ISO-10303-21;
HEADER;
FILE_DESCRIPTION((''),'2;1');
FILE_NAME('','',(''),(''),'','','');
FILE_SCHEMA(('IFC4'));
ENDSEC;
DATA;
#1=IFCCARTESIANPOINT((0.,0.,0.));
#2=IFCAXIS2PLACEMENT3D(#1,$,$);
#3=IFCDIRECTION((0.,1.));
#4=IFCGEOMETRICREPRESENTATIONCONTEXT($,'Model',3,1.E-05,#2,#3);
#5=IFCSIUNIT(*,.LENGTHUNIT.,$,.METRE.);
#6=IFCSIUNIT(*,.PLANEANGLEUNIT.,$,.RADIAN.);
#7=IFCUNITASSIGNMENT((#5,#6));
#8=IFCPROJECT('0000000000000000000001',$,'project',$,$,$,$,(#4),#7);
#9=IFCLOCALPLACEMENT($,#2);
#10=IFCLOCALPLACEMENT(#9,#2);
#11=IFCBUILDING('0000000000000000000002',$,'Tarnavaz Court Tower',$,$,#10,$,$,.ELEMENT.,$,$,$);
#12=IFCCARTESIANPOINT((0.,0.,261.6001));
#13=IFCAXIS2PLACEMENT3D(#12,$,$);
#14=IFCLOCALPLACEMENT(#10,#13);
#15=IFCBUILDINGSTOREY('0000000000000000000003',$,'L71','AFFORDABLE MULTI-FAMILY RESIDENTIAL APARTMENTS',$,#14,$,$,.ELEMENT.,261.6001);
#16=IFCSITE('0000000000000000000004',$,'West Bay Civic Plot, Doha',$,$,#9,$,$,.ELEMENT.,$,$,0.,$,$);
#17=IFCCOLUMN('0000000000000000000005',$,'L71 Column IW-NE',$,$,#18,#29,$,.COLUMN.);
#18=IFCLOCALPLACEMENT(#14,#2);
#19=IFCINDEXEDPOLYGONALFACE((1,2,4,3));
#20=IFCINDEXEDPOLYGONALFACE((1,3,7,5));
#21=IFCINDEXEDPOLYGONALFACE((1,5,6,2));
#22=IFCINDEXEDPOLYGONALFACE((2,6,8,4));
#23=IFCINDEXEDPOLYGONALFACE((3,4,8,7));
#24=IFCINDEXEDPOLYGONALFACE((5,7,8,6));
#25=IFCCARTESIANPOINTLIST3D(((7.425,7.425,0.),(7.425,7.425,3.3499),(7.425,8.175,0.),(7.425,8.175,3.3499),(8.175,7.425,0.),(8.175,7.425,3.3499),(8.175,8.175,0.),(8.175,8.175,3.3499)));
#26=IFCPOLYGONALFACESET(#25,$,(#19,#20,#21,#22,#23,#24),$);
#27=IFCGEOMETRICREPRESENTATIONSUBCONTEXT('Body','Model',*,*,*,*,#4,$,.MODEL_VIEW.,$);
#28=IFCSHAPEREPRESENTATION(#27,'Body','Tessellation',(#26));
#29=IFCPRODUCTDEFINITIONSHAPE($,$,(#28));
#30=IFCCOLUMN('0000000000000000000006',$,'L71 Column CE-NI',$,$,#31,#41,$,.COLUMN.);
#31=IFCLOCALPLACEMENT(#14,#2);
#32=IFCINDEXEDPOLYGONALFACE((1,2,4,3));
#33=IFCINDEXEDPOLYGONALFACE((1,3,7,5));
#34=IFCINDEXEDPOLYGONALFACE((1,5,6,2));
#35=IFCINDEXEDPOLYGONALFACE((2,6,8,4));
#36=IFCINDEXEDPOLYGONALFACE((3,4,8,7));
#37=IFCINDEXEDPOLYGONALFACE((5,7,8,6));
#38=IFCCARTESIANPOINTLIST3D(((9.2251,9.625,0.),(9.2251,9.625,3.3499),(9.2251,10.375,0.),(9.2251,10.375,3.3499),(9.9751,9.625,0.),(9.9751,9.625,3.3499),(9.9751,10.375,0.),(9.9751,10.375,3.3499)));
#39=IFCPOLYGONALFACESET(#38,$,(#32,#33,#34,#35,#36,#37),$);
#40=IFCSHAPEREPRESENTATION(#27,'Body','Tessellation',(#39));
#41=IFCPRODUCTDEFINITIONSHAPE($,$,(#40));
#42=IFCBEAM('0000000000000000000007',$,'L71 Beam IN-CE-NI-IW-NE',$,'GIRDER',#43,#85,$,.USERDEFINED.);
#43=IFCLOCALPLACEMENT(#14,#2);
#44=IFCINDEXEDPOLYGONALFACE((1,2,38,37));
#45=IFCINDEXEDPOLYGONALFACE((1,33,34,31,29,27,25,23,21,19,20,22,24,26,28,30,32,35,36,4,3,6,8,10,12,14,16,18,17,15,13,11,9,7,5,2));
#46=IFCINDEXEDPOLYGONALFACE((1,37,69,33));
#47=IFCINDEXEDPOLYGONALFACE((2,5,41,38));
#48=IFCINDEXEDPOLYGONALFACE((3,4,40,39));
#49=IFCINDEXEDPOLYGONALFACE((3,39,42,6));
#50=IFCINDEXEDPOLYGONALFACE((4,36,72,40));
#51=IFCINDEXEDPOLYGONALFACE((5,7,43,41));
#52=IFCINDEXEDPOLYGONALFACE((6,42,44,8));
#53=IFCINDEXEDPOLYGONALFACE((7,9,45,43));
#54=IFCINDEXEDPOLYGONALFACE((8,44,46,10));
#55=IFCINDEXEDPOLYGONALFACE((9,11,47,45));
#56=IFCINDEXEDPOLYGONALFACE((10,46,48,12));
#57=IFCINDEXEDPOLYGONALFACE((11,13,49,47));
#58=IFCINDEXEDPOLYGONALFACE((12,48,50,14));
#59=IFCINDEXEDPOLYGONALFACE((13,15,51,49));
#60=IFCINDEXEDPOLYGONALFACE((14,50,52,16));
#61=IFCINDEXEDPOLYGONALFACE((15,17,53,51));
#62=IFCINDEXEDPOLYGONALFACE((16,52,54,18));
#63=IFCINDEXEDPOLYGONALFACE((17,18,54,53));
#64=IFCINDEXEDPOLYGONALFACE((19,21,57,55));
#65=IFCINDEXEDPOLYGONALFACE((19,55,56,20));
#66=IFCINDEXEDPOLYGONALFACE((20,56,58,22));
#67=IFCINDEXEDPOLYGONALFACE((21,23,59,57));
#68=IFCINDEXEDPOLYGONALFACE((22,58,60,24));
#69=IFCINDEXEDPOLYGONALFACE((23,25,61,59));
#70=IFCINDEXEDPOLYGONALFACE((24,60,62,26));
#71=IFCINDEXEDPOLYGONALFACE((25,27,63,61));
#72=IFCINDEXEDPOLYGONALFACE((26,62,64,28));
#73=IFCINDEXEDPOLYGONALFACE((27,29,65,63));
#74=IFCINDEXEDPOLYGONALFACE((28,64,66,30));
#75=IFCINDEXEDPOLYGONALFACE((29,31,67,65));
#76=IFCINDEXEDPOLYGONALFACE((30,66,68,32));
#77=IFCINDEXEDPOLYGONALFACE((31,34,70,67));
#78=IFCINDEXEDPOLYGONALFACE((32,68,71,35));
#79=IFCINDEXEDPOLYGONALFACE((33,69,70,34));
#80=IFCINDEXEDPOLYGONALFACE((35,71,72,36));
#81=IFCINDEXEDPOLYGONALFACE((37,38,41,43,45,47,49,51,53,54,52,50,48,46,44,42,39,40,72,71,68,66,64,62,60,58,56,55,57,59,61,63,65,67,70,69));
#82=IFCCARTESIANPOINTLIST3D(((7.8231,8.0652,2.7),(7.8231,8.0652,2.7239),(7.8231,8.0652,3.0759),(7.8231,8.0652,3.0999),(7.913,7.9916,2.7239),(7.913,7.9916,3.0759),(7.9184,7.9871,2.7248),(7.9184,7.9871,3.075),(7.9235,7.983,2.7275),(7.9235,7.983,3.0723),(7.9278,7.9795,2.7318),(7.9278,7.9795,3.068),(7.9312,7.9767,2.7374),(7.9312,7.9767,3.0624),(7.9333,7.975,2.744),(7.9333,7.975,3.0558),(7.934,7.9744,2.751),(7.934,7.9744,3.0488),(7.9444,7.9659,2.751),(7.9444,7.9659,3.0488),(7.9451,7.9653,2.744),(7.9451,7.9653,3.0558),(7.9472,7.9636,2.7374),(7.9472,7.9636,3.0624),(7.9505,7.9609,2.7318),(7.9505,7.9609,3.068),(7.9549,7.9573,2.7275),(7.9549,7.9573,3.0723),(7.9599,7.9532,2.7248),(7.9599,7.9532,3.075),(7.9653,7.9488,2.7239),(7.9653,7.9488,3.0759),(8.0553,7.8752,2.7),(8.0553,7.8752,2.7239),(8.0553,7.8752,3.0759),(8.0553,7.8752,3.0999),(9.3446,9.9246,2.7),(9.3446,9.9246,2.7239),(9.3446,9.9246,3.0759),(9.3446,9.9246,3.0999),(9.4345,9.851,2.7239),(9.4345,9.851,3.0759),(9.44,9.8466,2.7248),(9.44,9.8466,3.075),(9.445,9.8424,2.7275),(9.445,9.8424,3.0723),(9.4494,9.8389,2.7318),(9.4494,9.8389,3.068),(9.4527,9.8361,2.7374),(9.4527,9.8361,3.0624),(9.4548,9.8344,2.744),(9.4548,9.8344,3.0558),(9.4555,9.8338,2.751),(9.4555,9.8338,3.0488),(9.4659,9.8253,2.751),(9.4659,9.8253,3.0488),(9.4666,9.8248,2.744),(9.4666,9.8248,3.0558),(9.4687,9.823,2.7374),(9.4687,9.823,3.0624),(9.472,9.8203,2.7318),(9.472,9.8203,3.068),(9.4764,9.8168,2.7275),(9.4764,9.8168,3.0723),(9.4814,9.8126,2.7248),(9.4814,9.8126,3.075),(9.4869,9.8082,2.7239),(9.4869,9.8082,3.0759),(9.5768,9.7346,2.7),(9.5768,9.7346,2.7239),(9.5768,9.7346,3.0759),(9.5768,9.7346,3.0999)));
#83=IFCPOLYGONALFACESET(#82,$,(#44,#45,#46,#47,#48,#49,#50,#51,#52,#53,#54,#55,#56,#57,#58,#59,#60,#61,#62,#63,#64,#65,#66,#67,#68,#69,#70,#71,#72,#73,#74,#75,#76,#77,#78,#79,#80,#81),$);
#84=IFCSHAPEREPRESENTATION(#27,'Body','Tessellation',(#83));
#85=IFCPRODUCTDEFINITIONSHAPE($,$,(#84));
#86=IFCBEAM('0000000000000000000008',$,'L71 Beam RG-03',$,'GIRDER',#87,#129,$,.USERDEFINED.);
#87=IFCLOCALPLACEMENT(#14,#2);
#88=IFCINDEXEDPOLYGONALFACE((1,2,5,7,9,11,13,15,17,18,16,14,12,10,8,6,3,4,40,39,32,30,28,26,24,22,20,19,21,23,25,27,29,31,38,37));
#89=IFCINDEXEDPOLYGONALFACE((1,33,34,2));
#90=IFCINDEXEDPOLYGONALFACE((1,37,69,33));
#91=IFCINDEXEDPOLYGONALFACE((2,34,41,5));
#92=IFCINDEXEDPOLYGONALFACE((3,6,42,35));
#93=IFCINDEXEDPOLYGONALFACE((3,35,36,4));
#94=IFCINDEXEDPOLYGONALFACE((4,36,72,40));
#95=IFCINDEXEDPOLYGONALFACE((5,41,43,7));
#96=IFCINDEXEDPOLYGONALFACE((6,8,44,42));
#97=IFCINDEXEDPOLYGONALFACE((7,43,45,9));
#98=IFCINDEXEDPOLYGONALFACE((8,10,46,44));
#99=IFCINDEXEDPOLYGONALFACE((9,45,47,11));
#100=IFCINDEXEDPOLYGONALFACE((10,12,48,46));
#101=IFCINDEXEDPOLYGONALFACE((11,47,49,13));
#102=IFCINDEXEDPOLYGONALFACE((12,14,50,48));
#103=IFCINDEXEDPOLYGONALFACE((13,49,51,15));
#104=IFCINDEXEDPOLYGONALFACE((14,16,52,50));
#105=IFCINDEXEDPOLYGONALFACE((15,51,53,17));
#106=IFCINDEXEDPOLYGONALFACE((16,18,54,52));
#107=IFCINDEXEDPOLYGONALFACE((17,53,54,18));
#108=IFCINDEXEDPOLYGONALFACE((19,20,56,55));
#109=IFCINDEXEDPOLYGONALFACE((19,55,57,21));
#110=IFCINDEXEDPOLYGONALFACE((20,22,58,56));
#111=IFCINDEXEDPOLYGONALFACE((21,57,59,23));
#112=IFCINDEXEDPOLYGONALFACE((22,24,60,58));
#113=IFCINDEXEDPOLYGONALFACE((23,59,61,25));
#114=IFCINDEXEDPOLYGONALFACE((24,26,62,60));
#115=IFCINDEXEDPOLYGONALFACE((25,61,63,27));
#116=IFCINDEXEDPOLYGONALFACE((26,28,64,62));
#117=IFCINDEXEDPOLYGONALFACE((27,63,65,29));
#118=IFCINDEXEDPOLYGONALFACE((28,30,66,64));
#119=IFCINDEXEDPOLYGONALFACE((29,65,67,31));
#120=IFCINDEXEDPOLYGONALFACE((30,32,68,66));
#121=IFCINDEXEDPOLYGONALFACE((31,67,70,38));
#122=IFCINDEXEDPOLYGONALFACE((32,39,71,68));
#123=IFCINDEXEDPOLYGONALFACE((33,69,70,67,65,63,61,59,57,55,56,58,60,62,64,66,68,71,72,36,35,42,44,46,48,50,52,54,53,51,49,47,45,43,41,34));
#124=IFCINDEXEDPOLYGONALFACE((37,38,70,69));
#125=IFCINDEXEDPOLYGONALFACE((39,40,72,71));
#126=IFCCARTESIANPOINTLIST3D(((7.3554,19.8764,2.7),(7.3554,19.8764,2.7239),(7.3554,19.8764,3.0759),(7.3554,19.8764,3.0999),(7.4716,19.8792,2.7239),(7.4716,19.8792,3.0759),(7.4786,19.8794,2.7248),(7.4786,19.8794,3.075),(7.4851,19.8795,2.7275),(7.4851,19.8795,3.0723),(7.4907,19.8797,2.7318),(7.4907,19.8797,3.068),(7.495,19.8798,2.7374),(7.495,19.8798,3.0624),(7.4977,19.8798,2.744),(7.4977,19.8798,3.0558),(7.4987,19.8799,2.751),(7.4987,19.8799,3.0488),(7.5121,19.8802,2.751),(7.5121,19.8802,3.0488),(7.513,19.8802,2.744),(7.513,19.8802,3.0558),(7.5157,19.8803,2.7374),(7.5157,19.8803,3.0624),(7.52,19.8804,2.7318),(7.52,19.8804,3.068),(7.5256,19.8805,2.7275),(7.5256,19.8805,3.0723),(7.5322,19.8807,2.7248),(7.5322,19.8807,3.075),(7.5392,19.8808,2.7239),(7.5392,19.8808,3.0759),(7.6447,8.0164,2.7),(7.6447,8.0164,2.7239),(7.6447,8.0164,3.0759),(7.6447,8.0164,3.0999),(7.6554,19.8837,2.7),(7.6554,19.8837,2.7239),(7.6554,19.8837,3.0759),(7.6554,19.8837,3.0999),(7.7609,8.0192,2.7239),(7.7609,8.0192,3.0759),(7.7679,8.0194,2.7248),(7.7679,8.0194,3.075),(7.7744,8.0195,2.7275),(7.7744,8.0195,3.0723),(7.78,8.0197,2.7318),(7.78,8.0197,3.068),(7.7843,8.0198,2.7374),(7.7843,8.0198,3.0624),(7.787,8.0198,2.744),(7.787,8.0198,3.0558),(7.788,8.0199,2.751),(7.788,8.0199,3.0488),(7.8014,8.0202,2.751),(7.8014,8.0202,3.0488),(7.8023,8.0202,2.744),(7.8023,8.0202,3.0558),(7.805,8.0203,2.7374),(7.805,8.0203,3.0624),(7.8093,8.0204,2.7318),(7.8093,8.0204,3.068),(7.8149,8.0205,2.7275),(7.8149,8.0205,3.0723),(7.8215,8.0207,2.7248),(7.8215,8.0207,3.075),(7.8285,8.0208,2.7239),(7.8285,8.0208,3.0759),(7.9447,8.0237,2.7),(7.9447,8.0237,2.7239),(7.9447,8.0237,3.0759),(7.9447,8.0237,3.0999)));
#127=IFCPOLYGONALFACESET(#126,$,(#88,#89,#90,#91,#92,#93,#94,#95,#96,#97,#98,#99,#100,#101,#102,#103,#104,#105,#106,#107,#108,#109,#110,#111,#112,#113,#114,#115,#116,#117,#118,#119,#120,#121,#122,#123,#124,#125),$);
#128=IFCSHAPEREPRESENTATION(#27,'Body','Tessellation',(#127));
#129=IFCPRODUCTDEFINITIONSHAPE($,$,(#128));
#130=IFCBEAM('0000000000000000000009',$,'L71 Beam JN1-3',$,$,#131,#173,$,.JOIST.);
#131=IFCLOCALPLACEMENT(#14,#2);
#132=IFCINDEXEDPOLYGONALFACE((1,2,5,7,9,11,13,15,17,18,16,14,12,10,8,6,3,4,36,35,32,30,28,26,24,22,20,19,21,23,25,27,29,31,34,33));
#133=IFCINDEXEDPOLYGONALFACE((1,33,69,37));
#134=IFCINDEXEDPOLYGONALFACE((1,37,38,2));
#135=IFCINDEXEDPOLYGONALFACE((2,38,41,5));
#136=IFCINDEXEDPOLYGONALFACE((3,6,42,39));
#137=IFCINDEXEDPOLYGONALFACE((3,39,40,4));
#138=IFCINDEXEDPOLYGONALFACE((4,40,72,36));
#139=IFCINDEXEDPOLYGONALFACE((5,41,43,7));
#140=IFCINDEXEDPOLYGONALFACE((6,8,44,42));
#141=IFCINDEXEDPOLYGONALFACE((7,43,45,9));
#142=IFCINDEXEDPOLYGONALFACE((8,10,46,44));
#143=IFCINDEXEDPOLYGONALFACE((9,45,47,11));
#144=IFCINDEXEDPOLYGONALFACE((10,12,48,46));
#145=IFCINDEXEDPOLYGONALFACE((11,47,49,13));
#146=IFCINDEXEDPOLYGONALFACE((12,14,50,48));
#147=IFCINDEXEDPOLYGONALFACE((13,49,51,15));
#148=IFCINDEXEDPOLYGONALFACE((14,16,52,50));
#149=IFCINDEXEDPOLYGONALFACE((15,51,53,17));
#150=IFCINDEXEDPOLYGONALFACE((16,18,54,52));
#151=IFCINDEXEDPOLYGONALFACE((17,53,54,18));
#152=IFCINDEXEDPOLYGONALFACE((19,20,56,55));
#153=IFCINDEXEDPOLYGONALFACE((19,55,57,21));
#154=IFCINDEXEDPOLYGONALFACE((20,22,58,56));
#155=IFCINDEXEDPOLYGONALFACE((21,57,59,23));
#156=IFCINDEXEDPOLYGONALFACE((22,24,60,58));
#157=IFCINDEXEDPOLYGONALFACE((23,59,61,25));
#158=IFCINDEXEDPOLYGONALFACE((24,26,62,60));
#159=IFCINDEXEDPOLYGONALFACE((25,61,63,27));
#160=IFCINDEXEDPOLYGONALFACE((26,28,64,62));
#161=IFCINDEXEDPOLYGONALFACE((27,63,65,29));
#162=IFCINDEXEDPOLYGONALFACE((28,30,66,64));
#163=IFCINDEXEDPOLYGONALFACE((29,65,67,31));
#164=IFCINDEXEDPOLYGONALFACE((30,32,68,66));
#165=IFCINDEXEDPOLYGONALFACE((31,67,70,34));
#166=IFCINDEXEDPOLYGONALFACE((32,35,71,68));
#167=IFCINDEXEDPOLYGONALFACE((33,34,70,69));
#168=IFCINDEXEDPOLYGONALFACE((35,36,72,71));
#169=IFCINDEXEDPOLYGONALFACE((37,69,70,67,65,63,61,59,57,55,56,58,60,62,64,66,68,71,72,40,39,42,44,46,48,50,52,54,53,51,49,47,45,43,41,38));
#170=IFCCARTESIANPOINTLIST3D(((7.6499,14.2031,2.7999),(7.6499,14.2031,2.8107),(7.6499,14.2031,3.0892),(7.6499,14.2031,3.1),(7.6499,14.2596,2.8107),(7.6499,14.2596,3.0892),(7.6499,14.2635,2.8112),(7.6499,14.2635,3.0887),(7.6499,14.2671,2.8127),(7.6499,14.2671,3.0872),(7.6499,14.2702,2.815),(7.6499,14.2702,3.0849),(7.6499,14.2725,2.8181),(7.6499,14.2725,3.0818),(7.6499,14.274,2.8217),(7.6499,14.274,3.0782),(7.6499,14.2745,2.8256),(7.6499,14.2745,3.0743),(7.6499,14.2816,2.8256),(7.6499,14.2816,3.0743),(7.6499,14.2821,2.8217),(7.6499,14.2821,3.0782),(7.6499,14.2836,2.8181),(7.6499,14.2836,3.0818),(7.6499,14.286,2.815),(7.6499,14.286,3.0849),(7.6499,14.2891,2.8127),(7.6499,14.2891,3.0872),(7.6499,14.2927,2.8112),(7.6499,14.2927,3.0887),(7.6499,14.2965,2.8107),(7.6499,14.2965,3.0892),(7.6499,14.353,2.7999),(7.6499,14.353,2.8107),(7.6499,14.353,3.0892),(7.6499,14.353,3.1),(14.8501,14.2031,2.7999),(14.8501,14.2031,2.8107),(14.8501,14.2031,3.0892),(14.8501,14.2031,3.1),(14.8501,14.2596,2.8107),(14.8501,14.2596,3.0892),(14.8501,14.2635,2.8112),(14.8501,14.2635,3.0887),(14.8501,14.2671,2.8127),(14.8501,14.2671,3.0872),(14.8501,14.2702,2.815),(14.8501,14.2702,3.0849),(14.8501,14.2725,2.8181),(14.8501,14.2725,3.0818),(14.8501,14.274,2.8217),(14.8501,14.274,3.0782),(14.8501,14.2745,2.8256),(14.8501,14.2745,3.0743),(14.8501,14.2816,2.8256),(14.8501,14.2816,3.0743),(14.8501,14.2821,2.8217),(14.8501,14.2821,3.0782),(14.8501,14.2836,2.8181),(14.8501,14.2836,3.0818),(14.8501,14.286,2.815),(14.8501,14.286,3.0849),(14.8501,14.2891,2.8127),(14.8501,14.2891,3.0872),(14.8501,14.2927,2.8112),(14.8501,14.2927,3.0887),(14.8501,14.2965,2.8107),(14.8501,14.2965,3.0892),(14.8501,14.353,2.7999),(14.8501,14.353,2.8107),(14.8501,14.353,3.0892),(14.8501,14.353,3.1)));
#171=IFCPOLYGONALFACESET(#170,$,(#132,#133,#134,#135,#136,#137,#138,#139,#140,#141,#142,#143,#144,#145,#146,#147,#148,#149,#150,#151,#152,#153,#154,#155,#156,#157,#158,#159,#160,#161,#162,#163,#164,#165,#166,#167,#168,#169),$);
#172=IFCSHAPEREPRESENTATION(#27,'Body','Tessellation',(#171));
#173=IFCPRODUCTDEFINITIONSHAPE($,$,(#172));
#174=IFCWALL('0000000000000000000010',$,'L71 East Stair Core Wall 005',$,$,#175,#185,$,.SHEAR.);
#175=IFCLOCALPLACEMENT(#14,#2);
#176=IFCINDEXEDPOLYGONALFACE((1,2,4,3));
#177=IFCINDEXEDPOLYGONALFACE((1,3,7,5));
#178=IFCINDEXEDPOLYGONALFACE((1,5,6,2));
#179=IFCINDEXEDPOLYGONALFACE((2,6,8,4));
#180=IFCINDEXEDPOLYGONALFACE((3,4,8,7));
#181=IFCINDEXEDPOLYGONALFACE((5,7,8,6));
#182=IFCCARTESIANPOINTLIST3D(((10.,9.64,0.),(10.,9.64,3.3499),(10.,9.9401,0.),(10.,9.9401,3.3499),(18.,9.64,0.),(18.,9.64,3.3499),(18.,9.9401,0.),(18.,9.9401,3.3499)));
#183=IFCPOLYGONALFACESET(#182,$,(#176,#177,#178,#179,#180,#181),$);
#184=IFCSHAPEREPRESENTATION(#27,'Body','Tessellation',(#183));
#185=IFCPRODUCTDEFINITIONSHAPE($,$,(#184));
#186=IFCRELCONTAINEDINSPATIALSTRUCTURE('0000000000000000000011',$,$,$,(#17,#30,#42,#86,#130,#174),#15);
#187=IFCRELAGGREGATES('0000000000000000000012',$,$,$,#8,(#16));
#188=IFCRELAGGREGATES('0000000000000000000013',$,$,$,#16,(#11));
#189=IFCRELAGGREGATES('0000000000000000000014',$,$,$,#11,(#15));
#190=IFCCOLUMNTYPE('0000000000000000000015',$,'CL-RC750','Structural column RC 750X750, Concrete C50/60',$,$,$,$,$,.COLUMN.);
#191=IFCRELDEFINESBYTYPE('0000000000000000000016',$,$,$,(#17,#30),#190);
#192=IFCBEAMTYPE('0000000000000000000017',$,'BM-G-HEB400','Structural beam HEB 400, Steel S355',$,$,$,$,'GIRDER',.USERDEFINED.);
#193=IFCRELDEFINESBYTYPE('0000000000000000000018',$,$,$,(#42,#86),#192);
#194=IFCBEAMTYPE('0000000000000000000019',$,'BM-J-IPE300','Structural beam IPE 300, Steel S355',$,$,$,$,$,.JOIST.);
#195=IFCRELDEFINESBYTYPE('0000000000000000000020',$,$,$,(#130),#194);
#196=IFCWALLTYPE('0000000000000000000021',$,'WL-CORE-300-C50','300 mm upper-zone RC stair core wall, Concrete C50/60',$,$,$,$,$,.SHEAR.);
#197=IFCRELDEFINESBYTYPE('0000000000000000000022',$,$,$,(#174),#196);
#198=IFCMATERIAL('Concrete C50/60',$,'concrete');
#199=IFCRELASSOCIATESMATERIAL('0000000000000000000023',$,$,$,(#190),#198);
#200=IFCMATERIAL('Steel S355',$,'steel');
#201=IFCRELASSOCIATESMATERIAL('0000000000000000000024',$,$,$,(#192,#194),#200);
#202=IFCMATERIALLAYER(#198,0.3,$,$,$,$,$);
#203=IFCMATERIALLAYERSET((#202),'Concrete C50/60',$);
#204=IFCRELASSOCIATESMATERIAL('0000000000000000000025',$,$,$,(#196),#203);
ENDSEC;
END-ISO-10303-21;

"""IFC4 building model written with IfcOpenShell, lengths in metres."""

from ifc_helpers import new_model, si_unit, direction, frame, frame_2d, origin, origin_2d, place, context, subcontext, project, spatial, rectangle, i_section, extrude, material, layer, layer_set, material_profile, profile_set, type_object, element, save


model = new_model("IFC4")

# Units and contexts
model_context = context("Model", 3, precision=1e-05, world=origin(), true_north=direction((0.0, 1.0)))
body_context = subcontext(model_context, "Body", "Model", "MODEL_VIEW")
ifc_project = project(units=[si_unit("LENGTHUNIT", "METRE"), si_unit("PLANEANGLEUNIT", "RADIAN")], contexts=[model_context])

# Site, building, storey
site_placement = place(None, origin())
site = spatial("IfcSite", under=ifc_project, at=site_placement, Name="West Bay Civic Plot, Doha", CompositionType="ELEMENT", RefElevation=0.0)
building_placement = place(site_placement, origin())
building = spatial("IfcBuilding", under=site, at=building_placement, Name="Tarnavaz Court Tower", CompositionType="ELEMENT")
storey_placement = place(building_placement, frame((0.0, 0.0, 261.6001)))
storey = spatial("IfcBuildingStorey", under=building, at=storey_placement, Name="L71", Description="AFFORDABLE MULTI-FAMILY RESIDENTIAL APARTMENTS", CompositionType="ELEMENT", Elevation=261.6001)

# Columns
ifc_material_1 = material(Name="Concrete C50/60", Category="concrete")
ifc_material_profile_1 = material_profile(ifc_material_1, rectangle(XDim=0.75, YDim=0.75, at=origin_2d()), Name="RC 750X750")
ifc_profile_set_1 = profile_set([ifc_material_profile_1], Name="Concrete C50/60")
column_type = type_object("IfcColumnType", Name="CL-RC750", Description="Structural column RC 750X750, Concrete C50/60", PredefinedType="COLUMN", material=ifc_profile_set_1)
for number, where, z_axis, x_axis, name in (
    (1, (7.8, 7.8, 0.0), (0.0, 0.0, 1.0), (1.0, 0.0, 0.0), "L71 Column IW-NE"),
    (2, (9.6001, 10.0, 0.0), (0.0, 0.0, 1.0), (1.0, 0.0, 0.0), "L71 Column CE-NI"),
):
    element("IfcColumn", number, at=place(storey_placement, frame(where, z_axis=z_axis, x_axis=x_axis)), inside=storey, type_object=column_type, Name=name, PredefinedType="COLUMN", context=body_context, shape_type="SweptSolid", body=[
        extrude(rectangle(XDim=0.75, YDim=0.75, at=origin_2d()), origin(), (0.0, 0.0, 1.0), 3.3499),
    ])

# Beams
ifc_material_2 = material(Name="Steel S355", Category="steel")
ifc_material_profile_2 = material_profile(ifc_material_2, i_section(OverallWidth=0.3, OverallDepth=0.3999, WebThickness=0.0134, FlangeThickness=0.0239, FilletRadius=0.0271, at=origin_2d()), Name="HEB 400")
ifc_profile_set_2 = profile_set([ifc_material_profile_2], Name="Steel S355")
beam_type_1 = type_object("IfcBeamType", Name="BM-G-HEB400", Description="Structural beam HEB 400, Steel S355", ElementType="GIRDER", PredefinedType="USERDEFINED", material=ifc_profile_set_2)
beam_1_placement = place(storey_placement, frame((9.4607, 9.8296, 2.8999), z_axis=(-0.633282, -0.773921, 0.0), x_axis=(0.773921, -0.633282, 0.0)))
element("IfcBeam", 3, at=beam_1_placement, inside=storey, type_object=beam_type_1, Name="L71 Beam IN-CE-NI-IW-NE", ObjectType="GIRDER", PredefinedType="USERDEFINED", context=body_context, shape_type="SweptSolid", body=[
    extrude(i_section(OverallWidth=0.3, OverallDepth=0.3999, WebThickness=0.0134, FlangeThickness=0.0239, FilletRadius=0.0271, at=origin_2d()), origin(), (0.0, 0.0, 1.0), 2.4026),
])
beam_2_placement = place(storey_placement, frame((7.7947, 8.02, 2.8999), z_axis=(-0.024386, 0.999703, 0.0), x_axis=(-0.999703, -0.024386, 0.0)))
element("IfcBeam", 4, at=beam_2_placement, inside=storey, type_object=beam_type_1, Name="L71 Beam RG-03", ObjectType="GIRDER", PredefinedType="USERDEFINED", context=body_context, shape_type="SweptSolid", body=[
    extrude(i_section(OverallWidth=0.3, OverallDepth=0.3999, WebThickness=0.0134, FlangeThickness=0.0239, FilletRadius=0.0271, at=origin_2d()), origin(), (0.0, 0.0, 1.0), 11.8635),
])
ifc_material_profile_3 = material_profile(ifc_material_2, i_section(OverallWidth=0.1499, OverallDepth=0.3, WebThickness=0.0071, FlangeThickness=0.0107, FilletRadius=0.0149, at=origin_2d()), Name="IPE 300")
ifc_profile_set_3 = profile_set([ifc_material_profile_3], Name="Steel S355")
beam_type_2 = type_object("IfcBeamType", Name="BM-J-IPE300", Description="Structural beam IPE 300, Steel S355", PredefinedType="JOIST", material=ifc_profile_set_3)
beam_3_placement = place(storey_placement, frame((7.6499, 14.2781, 2.95), z_axis=(1.0, 0.0, 0.0), x_axis=(0.0, 1.0, 0.0)))
element("IfcBeam", 5, at=beam_3_placement, inside=storey, type_object=beam_type_2, Name="L71 Beam JN1-3", PredefinedType="JOIST", context=body_context, shape_type="SweptSolid", body=[
    extrude(i_section(OverallWidth=0.1499, OverallDepth=0.3, WebThickness=0.0071, FlangeThickness=0.0107, FilletRadius=0.0149, at=origin_2d()), origin(), (0.0, 0.0, 1.0), 7.2002),
])

# Wall
ifc_layer_1 = layer(ifc_material_1, 0.3)
ifc_layer_set_1 = layer_set([ifc_layer_1], Name="Concrete C50/60")
wall_type_1 = type_object("IfcWallType", Name="WL-CORE-300-C50", Description="300 mm upper-zone RC stair core wall, Concrete C50/60", PredefinedType="SHEAR", material=ifc_layer_set_1)
wall_1_placement = place(storey_placement, frame((10.0, 9.79, 0.0), z_axis=(0.0, 0.0, 1.0), x_axis=(1.0, 0.0, 0.0)))
element("IfcWall", 6, at=wall_1_placement, inside=storey, type_object=wall_type_1, Name="L71 East Stair Core Wall 005", PredefinedType="SHEAR", context=body_context, shape_type="SweptSolid", body=[
    extrude(rectangle(XDim=8.0, YDim=0.3, at=frame_2d((4.0, 0.0))), origin(), (0.0, 0.0, 1.0), 3.3499),
])

save(model, "model.ifc")
